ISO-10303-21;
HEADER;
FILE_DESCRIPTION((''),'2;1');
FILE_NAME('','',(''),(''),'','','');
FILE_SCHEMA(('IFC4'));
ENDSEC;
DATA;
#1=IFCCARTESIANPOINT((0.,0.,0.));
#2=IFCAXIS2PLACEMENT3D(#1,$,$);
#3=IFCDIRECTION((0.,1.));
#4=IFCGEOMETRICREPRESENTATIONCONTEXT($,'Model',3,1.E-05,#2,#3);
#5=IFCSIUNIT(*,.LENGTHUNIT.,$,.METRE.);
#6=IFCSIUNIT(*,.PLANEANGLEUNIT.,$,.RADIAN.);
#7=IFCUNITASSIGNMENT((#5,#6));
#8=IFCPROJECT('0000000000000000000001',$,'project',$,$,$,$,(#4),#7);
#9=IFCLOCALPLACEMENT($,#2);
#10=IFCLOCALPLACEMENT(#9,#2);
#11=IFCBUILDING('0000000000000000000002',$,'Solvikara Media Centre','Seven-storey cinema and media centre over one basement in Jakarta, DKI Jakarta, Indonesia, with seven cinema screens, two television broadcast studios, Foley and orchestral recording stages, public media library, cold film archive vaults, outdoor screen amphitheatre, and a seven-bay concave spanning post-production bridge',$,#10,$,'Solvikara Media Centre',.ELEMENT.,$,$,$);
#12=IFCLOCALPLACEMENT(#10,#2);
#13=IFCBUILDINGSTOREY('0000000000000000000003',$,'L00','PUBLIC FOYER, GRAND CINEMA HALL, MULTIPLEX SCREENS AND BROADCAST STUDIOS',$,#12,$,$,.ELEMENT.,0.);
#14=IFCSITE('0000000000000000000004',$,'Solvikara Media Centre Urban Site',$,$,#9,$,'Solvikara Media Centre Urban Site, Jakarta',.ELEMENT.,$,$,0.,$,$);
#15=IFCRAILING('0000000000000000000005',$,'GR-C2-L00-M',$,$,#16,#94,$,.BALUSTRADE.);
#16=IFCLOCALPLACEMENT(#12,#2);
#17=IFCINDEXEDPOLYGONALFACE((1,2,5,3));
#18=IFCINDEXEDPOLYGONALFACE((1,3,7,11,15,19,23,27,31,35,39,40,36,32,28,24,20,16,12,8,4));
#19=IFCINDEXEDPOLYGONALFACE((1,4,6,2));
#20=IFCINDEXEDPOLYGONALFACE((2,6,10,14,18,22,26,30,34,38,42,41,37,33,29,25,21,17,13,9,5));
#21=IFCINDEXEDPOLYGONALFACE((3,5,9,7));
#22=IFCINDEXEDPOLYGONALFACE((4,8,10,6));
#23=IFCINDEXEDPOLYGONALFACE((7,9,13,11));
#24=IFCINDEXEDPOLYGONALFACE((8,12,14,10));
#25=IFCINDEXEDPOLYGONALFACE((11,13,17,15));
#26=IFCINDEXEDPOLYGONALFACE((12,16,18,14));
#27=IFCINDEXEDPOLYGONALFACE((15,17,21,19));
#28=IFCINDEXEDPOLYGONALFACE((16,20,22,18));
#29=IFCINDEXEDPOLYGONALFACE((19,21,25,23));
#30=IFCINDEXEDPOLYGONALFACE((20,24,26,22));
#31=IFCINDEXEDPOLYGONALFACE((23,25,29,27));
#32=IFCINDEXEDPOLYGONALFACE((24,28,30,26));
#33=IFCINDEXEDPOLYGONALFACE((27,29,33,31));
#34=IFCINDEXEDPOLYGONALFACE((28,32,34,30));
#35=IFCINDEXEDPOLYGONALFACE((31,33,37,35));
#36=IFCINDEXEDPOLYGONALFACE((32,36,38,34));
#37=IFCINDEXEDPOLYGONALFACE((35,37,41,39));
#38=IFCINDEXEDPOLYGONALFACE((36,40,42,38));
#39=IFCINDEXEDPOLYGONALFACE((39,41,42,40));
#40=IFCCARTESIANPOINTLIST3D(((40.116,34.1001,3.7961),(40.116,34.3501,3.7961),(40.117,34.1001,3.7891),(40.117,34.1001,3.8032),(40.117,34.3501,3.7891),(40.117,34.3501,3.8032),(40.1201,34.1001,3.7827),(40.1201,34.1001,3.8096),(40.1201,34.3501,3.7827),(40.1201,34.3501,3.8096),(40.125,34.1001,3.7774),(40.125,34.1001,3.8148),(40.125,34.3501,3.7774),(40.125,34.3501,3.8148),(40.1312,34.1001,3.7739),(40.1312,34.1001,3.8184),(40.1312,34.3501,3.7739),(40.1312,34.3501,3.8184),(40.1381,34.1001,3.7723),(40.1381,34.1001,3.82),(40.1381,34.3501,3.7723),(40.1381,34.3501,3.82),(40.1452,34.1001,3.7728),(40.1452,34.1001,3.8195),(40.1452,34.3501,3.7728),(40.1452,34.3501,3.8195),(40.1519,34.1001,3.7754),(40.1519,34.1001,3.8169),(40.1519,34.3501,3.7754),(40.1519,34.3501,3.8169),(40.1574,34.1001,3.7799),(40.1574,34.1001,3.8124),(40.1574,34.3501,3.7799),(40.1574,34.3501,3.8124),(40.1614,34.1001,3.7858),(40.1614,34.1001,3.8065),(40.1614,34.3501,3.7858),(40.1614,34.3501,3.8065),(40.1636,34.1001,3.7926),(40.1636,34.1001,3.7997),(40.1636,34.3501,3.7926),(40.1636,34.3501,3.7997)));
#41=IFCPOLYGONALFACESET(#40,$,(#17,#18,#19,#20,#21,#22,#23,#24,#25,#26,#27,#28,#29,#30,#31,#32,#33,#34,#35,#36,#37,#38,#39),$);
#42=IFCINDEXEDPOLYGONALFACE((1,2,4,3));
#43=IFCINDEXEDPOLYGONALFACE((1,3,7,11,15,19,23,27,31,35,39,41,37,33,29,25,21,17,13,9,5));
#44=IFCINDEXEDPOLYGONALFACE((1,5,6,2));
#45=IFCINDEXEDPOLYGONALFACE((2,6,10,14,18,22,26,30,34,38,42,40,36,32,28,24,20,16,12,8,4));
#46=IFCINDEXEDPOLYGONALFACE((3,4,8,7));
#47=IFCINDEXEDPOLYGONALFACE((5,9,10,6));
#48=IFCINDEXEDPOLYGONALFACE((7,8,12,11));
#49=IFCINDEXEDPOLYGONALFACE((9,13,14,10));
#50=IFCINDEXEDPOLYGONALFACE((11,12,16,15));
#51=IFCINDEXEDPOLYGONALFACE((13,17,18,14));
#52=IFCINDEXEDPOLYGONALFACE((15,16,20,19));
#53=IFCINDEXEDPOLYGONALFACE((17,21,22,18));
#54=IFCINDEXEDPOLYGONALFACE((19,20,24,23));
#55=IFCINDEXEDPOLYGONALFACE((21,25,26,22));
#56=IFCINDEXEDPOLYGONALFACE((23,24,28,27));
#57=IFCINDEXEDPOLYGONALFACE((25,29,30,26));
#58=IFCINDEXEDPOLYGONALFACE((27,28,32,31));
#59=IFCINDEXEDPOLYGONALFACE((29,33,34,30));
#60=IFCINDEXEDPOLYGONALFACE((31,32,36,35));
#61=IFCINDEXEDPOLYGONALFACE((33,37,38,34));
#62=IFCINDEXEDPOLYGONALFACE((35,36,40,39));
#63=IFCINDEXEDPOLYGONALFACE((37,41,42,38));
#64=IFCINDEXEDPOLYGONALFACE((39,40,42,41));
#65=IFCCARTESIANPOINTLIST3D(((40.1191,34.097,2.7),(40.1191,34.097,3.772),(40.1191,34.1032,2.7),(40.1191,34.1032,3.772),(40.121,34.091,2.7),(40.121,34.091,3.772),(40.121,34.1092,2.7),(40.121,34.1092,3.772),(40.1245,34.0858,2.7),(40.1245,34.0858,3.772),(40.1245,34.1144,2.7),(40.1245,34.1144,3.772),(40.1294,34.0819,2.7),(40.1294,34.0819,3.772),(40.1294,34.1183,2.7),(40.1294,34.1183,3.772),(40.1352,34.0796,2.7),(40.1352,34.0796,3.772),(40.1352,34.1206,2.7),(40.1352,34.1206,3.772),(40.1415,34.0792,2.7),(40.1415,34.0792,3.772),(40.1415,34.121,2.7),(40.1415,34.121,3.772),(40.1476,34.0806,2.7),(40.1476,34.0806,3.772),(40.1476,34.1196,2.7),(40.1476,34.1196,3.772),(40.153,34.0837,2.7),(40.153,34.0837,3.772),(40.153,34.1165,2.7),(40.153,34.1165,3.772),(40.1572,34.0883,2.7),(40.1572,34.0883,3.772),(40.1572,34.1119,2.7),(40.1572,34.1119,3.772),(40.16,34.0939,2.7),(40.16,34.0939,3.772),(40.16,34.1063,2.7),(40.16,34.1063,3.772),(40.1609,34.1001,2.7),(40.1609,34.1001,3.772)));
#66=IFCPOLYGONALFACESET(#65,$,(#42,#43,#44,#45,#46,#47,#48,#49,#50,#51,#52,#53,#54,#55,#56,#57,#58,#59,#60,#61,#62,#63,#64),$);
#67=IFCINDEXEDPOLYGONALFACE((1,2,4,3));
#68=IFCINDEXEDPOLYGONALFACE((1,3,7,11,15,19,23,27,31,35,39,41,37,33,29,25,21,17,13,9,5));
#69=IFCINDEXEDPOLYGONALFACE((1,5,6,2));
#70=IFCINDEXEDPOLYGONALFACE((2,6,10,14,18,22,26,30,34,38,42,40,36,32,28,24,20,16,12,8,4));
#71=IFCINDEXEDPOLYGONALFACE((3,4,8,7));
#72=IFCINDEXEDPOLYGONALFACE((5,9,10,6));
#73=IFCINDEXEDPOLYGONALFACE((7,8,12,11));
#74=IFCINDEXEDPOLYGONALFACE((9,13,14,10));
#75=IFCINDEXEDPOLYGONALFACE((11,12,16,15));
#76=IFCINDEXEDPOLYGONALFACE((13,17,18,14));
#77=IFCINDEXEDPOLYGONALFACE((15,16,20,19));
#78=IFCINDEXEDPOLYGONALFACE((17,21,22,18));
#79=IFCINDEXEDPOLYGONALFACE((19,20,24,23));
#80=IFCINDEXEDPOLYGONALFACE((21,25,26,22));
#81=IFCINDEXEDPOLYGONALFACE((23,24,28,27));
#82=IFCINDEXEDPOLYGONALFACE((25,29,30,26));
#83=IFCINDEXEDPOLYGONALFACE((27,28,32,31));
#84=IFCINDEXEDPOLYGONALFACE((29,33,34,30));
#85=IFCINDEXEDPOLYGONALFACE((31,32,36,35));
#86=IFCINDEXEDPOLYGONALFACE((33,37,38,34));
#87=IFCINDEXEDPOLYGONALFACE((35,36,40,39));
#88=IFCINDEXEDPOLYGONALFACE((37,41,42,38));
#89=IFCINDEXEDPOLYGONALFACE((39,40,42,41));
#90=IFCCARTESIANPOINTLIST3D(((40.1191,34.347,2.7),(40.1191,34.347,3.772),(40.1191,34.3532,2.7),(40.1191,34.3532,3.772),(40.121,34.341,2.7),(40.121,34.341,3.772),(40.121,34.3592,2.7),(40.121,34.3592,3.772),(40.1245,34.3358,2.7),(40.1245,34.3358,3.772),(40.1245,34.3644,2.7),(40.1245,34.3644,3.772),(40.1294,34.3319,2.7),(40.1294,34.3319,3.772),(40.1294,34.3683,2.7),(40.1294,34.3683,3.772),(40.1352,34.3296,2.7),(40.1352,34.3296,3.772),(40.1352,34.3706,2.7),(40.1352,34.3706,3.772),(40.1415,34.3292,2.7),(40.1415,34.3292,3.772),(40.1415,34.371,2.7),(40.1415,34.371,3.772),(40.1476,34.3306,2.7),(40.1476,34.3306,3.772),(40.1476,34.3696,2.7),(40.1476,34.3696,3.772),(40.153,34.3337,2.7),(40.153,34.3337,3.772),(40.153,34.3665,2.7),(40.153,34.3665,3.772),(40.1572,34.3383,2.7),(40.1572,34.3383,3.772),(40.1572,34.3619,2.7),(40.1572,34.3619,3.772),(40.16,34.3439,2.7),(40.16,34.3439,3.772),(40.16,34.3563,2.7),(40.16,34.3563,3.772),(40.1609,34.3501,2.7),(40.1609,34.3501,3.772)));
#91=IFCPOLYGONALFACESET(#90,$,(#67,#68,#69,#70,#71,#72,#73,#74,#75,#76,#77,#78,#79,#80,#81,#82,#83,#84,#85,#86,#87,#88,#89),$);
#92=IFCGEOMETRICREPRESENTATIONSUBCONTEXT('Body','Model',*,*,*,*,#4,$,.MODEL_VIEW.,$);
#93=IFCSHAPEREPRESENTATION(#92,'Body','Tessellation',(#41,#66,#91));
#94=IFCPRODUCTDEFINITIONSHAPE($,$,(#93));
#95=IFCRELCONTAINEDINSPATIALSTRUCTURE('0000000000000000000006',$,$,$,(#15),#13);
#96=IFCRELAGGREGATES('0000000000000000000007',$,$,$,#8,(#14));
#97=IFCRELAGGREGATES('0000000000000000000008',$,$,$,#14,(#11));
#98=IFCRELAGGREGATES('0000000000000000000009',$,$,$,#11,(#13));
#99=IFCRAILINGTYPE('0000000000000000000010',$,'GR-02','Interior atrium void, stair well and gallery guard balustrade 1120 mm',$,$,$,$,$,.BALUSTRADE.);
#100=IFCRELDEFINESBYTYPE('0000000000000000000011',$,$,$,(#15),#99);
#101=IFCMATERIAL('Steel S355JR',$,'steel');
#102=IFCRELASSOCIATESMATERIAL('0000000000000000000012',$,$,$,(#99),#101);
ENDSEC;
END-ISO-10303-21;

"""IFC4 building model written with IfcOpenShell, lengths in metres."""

from ifc_helpers import new_model, si_unit, direction, frame, origin, origin_2d, place, context, subcontext, project, spatial, circle, extrude, material, type_object, element, save


model = new_model("IFC4")

# Units and contexts
model_context = context("Model", 3, precision=1e-05, world=origin(), true_north=direction((0.0, 1.0)))
body_context = subcontext(model_context, "Body", "Model", "MODEL_VIEW")
ifc_project = project(units=[si_unit("LENGTHUNIT", "METRE"), si_unit("PLANEANGLEUNIT", "RADIAN")], contexts=[model_context])

# Site, building, storey
site_placement = place(None, origin())
site = spatial("IfcSite", under=ifc_project, at=site_placement, Name="Solvikara Media Centre Urban Site", LongName="Solvikara Media Centre Urban Site, Jakarta", CompositionType="ELEMENT", RefElevation=0.0)
building_placement = place(site_placement, origin())
building = spatial("IfcBuilding", under=site, at=building_placement, Name="Solvikara Media Centre", Description="Seven-storey cinema and media centre over one basement in Jakarta, DKI Jakarta, Indonesia, with seven cinema screens, two television broadcast studios, Foley and orchestral recording stages, public media library, cold film archive vaults, outdoor screen amphitheatre, and a seven-bay concave spanning post-production bridge", LongName="Solvikara Media Centre", CompositionType="ELEMENT")
storey_placement = place(building_placement, origin())
storey = spatial("IfcBuildingStorey", under=building, at=storey_placement, Name="L00", Description="PUBLIC FOYER, GRAND CINEMA HALL, MULTIPLEX SCREENS AND BROADCAST STUDIOS", CompositionType="ELEMENT", Elevation=0.0)

# Shared definitions
ifc_material_1 = material(Name="Steel S355JR", Category="steel")

# Railing
railing_type_1 = type_object("IfcRailingType", Name="GR-02", Description="Interior atrium void, stair well and gallery guard balustrade 1120 mm", PredefinedType="BALUSTRADE", material=ifc_material_1)
railing_1_placement = place(storey_placement, frame((40.1399, 34.1001, 2.7)))
element("IfcRailing", 1, at=railing_1_placement, inside=storey, type_object=railing_type_1, Name="GR-C2-L00-M", PredefinedType="BALUSTRADE", context=body_context, shape_type="SweptSolid", body=[
    extrude(circle(Radius=0.0239, at=origin_2d()), frame((0.0, 0.0, 1.0962), z_axis=(0.0, 1.0, 0.0), x_axis=(-1.0, 0.0, 0.0)), (0.0, 0.0, 1.0), 0.25),
    extrude(circle(Radius=0.021, at=origin_2d()), origin(), (0.0, 0.0, 1.0), 1.072),
    extrude(circle(Radius=0.021, at=origin_2d()), frame((0.0, 0.25, 0.0)), (0.0, 0.0, 1.0), 1.072),
])

save(model, "model.ifc")
